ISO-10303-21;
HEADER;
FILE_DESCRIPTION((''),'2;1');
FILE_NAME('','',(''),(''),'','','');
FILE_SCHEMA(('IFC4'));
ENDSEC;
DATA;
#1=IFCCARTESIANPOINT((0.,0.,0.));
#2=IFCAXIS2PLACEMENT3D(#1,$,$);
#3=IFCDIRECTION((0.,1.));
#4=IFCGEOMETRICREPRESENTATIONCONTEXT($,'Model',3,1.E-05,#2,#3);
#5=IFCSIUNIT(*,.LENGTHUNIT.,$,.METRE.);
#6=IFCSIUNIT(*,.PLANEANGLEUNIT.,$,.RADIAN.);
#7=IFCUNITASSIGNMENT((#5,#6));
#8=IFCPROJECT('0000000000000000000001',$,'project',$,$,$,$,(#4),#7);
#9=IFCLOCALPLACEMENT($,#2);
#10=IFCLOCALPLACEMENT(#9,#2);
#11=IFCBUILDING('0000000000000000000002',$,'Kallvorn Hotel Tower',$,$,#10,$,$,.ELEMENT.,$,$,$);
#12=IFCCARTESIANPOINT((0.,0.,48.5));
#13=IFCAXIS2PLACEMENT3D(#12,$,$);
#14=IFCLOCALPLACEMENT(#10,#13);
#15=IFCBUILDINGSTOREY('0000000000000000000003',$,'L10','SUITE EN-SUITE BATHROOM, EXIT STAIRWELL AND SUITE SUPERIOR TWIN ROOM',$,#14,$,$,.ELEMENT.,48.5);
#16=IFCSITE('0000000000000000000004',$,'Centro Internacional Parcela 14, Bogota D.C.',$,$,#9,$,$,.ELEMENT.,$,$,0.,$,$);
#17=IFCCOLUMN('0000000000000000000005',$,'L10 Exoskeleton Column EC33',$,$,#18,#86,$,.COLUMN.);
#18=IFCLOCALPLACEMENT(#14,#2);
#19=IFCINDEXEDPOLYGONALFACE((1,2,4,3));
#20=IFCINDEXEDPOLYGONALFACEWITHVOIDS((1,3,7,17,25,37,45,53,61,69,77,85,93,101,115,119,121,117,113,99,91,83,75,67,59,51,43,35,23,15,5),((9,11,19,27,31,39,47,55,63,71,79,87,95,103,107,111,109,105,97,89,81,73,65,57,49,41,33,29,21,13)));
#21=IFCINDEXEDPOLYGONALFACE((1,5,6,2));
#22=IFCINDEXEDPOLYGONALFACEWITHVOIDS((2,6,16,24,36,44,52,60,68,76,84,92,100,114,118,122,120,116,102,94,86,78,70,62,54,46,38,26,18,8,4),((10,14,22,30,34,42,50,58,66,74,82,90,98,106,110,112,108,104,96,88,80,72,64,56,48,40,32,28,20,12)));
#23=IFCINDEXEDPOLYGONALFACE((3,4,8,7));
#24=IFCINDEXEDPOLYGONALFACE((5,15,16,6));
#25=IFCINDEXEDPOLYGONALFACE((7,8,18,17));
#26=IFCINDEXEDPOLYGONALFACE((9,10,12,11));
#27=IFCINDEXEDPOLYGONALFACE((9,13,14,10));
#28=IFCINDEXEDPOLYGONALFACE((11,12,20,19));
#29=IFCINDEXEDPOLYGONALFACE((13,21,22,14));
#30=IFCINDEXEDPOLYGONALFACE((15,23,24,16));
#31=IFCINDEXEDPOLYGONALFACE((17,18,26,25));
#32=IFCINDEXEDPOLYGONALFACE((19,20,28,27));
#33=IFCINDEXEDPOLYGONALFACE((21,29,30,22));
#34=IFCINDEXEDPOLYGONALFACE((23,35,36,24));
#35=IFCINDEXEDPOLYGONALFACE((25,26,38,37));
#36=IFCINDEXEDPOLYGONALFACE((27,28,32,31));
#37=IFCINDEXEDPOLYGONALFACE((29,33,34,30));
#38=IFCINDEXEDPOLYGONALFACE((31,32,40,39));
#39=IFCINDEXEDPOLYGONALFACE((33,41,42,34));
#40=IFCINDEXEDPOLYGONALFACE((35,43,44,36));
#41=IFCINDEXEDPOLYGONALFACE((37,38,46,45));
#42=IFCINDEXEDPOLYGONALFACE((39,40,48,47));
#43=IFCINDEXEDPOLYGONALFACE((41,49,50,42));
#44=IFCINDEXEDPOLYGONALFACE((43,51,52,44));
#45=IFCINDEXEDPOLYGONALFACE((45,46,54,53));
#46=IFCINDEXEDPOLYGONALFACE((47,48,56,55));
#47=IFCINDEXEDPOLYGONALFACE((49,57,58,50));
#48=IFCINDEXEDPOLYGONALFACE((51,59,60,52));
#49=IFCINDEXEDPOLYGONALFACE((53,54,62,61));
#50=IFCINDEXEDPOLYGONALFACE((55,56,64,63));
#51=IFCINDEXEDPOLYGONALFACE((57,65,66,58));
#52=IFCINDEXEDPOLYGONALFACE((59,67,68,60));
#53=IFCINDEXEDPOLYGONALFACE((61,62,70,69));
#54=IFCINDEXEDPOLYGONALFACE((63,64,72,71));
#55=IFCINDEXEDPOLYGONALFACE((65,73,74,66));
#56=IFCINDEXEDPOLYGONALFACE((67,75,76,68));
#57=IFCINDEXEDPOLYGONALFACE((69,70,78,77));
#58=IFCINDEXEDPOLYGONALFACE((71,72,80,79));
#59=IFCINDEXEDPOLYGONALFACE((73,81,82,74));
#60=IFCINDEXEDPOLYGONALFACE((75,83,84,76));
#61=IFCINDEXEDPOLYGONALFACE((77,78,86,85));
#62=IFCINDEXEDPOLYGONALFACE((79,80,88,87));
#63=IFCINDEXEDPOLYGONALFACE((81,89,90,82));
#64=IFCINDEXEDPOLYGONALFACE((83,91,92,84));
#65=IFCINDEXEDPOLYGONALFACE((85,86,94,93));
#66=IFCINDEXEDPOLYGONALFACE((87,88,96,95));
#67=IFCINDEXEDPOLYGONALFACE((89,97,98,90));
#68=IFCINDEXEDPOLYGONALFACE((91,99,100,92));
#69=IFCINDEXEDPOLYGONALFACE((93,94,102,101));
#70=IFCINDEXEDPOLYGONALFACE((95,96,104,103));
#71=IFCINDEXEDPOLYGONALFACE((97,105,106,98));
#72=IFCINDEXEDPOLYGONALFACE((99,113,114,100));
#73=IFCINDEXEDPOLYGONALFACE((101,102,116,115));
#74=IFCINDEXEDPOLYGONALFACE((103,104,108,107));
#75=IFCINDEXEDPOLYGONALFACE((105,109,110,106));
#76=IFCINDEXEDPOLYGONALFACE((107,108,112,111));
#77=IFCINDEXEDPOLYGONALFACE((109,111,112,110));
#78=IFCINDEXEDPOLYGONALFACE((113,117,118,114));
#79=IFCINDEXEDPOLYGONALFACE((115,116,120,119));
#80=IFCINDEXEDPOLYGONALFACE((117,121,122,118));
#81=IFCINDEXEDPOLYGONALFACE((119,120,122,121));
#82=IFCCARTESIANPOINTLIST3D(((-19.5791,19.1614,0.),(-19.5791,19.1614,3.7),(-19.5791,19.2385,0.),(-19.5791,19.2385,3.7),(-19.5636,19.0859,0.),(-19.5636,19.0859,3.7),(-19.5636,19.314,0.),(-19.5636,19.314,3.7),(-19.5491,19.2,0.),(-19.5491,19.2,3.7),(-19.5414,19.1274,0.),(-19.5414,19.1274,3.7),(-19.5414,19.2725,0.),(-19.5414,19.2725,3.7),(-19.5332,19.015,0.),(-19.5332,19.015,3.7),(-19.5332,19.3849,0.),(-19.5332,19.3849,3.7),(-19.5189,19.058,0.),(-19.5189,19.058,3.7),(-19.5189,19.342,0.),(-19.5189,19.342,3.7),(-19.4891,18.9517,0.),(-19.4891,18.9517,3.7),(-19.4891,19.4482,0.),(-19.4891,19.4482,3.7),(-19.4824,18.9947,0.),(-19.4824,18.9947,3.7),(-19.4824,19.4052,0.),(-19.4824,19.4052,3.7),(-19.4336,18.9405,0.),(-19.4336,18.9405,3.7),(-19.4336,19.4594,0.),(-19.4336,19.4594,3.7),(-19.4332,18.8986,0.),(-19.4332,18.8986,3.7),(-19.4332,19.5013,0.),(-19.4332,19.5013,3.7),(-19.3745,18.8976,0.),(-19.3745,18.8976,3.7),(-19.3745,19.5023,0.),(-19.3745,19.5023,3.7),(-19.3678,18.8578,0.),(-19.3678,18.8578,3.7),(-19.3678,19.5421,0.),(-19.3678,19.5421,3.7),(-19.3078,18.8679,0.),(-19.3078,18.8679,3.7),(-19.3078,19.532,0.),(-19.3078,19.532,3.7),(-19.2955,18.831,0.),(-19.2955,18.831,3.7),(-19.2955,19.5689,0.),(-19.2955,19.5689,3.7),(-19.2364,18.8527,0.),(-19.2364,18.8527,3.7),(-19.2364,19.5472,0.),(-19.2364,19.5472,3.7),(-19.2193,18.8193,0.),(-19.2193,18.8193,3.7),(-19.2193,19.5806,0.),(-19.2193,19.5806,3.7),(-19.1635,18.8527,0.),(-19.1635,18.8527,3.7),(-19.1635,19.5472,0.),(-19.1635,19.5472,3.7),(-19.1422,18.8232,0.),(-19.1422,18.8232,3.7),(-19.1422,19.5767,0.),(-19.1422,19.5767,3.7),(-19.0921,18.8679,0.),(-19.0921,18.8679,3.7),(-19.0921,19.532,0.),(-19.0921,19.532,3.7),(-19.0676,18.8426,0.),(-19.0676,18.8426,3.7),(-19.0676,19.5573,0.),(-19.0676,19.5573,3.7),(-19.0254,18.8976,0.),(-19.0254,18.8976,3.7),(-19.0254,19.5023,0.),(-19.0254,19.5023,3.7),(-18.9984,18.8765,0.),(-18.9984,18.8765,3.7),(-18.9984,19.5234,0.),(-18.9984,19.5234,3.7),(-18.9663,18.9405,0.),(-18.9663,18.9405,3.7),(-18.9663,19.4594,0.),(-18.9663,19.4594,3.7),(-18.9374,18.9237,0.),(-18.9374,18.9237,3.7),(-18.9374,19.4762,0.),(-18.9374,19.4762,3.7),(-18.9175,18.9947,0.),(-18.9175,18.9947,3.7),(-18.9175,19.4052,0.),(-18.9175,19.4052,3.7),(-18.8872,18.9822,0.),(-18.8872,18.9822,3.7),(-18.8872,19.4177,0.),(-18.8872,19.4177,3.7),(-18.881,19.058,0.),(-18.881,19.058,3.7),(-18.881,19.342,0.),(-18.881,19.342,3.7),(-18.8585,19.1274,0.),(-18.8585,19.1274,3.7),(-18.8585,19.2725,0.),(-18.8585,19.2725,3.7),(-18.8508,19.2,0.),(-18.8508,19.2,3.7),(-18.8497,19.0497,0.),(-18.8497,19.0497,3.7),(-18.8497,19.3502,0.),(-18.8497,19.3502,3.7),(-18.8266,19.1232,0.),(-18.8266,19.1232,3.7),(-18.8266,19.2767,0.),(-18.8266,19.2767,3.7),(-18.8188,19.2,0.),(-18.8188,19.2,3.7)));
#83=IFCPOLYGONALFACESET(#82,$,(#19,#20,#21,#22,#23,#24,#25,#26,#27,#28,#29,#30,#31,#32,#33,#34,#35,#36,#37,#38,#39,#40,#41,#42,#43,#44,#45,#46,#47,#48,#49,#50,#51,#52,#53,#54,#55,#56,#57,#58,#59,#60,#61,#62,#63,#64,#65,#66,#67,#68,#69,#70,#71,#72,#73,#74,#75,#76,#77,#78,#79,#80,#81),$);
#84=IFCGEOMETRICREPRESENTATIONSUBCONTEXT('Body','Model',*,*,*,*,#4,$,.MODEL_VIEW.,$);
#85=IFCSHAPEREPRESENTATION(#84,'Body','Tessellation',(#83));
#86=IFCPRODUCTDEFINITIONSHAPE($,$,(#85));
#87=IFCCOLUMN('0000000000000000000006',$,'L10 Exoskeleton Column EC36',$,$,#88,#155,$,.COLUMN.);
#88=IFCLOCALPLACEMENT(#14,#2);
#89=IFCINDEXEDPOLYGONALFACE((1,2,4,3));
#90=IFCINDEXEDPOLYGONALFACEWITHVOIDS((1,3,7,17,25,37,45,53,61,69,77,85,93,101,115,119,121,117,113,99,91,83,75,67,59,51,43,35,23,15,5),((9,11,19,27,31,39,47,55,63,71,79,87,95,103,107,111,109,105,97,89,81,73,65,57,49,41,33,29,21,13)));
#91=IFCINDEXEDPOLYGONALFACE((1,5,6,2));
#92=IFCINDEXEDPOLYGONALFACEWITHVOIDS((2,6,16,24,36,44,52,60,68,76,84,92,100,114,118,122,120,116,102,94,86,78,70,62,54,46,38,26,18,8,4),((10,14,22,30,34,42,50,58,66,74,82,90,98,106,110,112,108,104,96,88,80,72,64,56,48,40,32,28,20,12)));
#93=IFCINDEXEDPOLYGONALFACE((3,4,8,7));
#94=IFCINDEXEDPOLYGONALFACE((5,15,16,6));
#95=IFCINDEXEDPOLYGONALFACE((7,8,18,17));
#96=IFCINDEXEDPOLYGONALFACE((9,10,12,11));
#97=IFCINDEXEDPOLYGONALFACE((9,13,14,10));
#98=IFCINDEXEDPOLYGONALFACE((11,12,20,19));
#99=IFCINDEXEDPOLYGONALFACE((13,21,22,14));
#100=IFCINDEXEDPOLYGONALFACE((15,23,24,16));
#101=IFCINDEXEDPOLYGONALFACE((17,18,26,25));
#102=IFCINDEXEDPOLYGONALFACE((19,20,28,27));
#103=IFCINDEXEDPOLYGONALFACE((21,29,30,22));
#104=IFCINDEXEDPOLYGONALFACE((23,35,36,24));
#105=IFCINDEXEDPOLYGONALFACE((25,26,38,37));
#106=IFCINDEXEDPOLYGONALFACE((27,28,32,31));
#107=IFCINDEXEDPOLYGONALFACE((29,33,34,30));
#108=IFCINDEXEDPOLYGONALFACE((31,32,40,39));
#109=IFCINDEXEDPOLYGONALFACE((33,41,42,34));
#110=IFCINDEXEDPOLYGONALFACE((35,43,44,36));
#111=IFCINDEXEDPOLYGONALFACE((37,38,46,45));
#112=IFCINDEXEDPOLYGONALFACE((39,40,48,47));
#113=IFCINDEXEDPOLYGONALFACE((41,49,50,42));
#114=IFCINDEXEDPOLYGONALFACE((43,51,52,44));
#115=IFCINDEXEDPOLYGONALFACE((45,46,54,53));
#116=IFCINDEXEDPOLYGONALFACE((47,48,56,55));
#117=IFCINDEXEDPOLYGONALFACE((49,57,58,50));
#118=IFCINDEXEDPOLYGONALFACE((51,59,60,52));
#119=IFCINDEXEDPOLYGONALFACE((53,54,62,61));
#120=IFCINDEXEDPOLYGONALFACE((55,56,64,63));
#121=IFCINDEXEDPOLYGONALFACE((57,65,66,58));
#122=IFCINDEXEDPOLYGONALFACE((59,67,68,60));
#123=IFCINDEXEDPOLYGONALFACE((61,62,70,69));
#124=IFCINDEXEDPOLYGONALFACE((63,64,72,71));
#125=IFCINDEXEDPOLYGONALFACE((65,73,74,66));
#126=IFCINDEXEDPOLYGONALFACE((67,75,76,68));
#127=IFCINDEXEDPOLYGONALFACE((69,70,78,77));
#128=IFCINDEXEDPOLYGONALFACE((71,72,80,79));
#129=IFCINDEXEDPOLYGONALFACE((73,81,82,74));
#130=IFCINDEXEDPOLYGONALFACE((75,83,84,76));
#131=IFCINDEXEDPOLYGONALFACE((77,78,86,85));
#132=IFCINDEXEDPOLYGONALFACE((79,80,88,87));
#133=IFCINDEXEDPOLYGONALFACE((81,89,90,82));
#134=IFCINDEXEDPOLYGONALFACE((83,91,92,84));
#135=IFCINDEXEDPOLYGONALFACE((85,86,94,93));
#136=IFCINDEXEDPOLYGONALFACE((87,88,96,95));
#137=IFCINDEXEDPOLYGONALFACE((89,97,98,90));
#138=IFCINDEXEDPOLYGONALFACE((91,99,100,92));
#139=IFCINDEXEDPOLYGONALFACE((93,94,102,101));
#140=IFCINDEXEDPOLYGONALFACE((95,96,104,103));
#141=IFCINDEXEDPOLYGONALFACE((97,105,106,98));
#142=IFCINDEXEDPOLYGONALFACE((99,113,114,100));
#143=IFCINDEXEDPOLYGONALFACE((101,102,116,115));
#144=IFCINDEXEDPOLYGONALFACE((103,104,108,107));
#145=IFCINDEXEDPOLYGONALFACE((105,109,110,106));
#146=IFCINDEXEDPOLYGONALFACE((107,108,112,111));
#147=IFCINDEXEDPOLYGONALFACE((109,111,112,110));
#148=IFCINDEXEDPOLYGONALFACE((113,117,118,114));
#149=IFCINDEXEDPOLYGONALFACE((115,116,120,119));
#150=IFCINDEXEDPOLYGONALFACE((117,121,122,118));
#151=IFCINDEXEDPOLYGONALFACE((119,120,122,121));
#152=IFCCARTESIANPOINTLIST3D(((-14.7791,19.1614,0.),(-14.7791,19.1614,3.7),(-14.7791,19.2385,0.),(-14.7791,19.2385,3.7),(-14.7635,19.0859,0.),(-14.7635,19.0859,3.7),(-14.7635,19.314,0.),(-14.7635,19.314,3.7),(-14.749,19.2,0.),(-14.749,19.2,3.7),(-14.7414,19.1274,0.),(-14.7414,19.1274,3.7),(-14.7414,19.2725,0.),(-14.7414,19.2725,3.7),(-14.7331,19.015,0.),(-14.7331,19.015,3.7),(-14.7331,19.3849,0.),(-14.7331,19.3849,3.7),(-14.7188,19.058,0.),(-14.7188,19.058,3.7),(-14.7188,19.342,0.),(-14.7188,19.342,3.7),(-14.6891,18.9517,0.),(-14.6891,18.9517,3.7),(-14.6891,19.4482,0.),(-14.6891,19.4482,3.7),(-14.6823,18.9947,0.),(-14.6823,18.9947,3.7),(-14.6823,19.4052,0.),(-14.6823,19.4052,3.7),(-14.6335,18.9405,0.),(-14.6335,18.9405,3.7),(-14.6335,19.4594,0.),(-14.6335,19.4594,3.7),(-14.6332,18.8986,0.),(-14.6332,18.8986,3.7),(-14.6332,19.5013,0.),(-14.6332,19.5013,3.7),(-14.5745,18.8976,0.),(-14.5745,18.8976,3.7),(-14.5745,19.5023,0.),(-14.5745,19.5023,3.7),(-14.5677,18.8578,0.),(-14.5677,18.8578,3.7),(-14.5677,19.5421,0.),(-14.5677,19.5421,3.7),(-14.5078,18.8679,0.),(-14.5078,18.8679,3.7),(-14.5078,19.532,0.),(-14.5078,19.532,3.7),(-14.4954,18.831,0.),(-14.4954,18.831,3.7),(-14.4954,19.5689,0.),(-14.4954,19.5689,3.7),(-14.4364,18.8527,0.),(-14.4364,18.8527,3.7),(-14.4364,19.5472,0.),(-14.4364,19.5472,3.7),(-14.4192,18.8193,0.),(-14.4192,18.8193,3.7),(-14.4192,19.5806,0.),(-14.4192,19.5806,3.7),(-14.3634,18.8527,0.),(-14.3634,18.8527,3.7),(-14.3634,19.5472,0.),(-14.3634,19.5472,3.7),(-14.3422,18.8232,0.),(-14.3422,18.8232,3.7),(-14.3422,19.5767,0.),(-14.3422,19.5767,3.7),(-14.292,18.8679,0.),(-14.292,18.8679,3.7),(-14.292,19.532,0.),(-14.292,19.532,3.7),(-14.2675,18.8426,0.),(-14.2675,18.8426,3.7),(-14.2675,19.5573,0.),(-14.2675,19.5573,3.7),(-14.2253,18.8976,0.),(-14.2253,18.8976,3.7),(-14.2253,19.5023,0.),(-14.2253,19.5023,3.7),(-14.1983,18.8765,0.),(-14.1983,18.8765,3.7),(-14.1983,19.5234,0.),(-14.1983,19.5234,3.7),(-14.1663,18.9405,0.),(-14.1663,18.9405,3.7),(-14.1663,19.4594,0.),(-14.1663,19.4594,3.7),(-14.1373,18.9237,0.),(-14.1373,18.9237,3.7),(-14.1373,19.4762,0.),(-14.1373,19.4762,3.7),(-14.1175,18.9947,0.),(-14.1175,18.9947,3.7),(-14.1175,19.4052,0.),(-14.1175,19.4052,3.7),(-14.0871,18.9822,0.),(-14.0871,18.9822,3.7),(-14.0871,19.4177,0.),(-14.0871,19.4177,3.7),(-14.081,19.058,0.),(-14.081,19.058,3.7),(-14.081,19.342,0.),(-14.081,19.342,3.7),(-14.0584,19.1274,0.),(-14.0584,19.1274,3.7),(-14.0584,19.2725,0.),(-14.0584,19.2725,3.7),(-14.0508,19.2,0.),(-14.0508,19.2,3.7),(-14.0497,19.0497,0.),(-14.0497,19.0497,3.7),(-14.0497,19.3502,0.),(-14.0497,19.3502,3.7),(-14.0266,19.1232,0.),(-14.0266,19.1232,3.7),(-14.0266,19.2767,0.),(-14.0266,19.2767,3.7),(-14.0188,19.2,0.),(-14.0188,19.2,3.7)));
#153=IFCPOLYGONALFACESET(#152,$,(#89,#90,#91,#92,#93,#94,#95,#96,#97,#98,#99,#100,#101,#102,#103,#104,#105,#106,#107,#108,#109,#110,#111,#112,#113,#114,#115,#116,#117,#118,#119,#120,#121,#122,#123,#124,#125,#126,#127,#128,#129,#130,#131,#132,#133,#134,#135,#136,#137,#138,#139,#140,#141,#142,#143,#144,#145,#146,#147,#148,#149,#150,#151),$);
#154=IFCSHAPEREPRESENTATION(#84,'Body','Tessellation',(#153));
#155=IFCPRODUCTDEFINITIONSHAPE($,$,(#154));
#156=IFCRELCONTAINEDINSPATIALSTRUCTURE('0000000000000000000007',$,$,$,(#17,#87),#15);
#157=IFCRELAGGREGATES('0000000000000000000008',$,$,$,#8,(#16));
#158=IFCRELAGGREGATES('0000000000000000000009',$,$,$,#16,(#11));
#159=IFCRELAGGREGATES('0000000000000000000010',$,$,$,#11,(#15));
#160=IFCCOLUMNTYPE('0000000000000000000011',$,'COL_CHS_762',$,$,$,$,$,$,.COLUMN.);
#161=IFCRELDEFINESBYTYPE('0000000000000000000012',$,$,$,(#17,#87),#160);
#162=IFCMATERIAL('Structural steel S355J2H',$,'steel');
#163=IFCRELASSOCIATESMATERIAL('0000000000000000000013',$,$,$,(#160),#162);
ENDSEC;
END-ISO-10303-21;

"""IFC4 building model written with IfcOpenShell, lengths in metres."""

from ifc_helpers import new_model, si_unit, direction, frame, origin, origin_2d, place, context, subcontext, project, spatial, hollow_circle, extrude, material, material_profile, profile_set, type_object, element, save


model = new_model("IFC4")

# Units and contexts
model_context = context("Model", 3, precision=1e-05, world=origin(), true_north=direction((0.0, 1.0)))
body_context = subcontext(model_context, "Body", "Model", "MODEL_VIEW")
ifc_project = project(units=[si_unit("LENGTHUNIT", "METRE"), si_unit("PLANEANGLEUNIT", "RADIAN")], contexts=[model_context])

# Site, building, storey
site_placement = place(None, origin())
site = spatial("IfcSite", under=ifc_project, at=site_placement, Name="Centro Internacional Parcela 14, Bogota D.C.", CompositionType="ELEMENT", RefElevation=0.0)
building_placement = place(site_placement, origin())
building = spatial("IfcBuilding", under=site, at=building_placement, Name="Kallvorn Hotel Tower", CompositionType="ELEMENT")
storey_placement = place(building_placement, frame((0.0, 0.0, 48.5)))
storey = spatial("IfcBuildingStorey", under=building, at=storey_placement, Name="L10", Description="SUITE EN-SUITE BATHROOM, EXIT STAIRWELL AND SUITE SUPERIOR TWIN ROOM", CompositionType="ELEMENT", Elevation=48.5)

# Columns
ifc_material_1 = material(Name="Structural steel S355J2H", Category="steel")
ifc_material_profile_1 = material_profile(ifc_material_1, hollow_circle(Radius=0.3811, WallThickness=0.032, at=origin_2d()), Name="CHS 762x32")
ifc_profile_set_1 = profile_set([ifc_material_profile_1], Name="Structural steel S355J2H")
column_type_1 = type_object("IfcColumnType", Name="COL_CHS_762", PredefinedType="COLUMN", material=ifc_profile_set_1)
for number, where, z_axis, x_axis, name in (
    (1, (-19.2, 19.2, 0.0), (0.0, 0.0, 1.0), (1.0, 0.0, 0.0), "L10 Exoskeleton Column EC33"),
    (2, (-14.3999, 19.2, 0.0), (0.0, 0.0, 1.0), (1.0, 0.0, 0.0), "L10 Exoskeleton Column EC36"),
):
    element("IfcColumn", number, at=place(storey_placement, frame(where, z_axis=z_axis, x_axis=x_axis)), inside=storey, type_object=column_type_1, Name=name, PredefinedType="COLUMN", context=body_context, shape_type="SweptSolid", body=[
        extrude(hollow_circle(Radius=0.3811, WallThickness=0.032, at=origin_2d()), origin(), (0.0, 0.0, 1.0), 3.7),
    ])

save(model, "model.ifc")
